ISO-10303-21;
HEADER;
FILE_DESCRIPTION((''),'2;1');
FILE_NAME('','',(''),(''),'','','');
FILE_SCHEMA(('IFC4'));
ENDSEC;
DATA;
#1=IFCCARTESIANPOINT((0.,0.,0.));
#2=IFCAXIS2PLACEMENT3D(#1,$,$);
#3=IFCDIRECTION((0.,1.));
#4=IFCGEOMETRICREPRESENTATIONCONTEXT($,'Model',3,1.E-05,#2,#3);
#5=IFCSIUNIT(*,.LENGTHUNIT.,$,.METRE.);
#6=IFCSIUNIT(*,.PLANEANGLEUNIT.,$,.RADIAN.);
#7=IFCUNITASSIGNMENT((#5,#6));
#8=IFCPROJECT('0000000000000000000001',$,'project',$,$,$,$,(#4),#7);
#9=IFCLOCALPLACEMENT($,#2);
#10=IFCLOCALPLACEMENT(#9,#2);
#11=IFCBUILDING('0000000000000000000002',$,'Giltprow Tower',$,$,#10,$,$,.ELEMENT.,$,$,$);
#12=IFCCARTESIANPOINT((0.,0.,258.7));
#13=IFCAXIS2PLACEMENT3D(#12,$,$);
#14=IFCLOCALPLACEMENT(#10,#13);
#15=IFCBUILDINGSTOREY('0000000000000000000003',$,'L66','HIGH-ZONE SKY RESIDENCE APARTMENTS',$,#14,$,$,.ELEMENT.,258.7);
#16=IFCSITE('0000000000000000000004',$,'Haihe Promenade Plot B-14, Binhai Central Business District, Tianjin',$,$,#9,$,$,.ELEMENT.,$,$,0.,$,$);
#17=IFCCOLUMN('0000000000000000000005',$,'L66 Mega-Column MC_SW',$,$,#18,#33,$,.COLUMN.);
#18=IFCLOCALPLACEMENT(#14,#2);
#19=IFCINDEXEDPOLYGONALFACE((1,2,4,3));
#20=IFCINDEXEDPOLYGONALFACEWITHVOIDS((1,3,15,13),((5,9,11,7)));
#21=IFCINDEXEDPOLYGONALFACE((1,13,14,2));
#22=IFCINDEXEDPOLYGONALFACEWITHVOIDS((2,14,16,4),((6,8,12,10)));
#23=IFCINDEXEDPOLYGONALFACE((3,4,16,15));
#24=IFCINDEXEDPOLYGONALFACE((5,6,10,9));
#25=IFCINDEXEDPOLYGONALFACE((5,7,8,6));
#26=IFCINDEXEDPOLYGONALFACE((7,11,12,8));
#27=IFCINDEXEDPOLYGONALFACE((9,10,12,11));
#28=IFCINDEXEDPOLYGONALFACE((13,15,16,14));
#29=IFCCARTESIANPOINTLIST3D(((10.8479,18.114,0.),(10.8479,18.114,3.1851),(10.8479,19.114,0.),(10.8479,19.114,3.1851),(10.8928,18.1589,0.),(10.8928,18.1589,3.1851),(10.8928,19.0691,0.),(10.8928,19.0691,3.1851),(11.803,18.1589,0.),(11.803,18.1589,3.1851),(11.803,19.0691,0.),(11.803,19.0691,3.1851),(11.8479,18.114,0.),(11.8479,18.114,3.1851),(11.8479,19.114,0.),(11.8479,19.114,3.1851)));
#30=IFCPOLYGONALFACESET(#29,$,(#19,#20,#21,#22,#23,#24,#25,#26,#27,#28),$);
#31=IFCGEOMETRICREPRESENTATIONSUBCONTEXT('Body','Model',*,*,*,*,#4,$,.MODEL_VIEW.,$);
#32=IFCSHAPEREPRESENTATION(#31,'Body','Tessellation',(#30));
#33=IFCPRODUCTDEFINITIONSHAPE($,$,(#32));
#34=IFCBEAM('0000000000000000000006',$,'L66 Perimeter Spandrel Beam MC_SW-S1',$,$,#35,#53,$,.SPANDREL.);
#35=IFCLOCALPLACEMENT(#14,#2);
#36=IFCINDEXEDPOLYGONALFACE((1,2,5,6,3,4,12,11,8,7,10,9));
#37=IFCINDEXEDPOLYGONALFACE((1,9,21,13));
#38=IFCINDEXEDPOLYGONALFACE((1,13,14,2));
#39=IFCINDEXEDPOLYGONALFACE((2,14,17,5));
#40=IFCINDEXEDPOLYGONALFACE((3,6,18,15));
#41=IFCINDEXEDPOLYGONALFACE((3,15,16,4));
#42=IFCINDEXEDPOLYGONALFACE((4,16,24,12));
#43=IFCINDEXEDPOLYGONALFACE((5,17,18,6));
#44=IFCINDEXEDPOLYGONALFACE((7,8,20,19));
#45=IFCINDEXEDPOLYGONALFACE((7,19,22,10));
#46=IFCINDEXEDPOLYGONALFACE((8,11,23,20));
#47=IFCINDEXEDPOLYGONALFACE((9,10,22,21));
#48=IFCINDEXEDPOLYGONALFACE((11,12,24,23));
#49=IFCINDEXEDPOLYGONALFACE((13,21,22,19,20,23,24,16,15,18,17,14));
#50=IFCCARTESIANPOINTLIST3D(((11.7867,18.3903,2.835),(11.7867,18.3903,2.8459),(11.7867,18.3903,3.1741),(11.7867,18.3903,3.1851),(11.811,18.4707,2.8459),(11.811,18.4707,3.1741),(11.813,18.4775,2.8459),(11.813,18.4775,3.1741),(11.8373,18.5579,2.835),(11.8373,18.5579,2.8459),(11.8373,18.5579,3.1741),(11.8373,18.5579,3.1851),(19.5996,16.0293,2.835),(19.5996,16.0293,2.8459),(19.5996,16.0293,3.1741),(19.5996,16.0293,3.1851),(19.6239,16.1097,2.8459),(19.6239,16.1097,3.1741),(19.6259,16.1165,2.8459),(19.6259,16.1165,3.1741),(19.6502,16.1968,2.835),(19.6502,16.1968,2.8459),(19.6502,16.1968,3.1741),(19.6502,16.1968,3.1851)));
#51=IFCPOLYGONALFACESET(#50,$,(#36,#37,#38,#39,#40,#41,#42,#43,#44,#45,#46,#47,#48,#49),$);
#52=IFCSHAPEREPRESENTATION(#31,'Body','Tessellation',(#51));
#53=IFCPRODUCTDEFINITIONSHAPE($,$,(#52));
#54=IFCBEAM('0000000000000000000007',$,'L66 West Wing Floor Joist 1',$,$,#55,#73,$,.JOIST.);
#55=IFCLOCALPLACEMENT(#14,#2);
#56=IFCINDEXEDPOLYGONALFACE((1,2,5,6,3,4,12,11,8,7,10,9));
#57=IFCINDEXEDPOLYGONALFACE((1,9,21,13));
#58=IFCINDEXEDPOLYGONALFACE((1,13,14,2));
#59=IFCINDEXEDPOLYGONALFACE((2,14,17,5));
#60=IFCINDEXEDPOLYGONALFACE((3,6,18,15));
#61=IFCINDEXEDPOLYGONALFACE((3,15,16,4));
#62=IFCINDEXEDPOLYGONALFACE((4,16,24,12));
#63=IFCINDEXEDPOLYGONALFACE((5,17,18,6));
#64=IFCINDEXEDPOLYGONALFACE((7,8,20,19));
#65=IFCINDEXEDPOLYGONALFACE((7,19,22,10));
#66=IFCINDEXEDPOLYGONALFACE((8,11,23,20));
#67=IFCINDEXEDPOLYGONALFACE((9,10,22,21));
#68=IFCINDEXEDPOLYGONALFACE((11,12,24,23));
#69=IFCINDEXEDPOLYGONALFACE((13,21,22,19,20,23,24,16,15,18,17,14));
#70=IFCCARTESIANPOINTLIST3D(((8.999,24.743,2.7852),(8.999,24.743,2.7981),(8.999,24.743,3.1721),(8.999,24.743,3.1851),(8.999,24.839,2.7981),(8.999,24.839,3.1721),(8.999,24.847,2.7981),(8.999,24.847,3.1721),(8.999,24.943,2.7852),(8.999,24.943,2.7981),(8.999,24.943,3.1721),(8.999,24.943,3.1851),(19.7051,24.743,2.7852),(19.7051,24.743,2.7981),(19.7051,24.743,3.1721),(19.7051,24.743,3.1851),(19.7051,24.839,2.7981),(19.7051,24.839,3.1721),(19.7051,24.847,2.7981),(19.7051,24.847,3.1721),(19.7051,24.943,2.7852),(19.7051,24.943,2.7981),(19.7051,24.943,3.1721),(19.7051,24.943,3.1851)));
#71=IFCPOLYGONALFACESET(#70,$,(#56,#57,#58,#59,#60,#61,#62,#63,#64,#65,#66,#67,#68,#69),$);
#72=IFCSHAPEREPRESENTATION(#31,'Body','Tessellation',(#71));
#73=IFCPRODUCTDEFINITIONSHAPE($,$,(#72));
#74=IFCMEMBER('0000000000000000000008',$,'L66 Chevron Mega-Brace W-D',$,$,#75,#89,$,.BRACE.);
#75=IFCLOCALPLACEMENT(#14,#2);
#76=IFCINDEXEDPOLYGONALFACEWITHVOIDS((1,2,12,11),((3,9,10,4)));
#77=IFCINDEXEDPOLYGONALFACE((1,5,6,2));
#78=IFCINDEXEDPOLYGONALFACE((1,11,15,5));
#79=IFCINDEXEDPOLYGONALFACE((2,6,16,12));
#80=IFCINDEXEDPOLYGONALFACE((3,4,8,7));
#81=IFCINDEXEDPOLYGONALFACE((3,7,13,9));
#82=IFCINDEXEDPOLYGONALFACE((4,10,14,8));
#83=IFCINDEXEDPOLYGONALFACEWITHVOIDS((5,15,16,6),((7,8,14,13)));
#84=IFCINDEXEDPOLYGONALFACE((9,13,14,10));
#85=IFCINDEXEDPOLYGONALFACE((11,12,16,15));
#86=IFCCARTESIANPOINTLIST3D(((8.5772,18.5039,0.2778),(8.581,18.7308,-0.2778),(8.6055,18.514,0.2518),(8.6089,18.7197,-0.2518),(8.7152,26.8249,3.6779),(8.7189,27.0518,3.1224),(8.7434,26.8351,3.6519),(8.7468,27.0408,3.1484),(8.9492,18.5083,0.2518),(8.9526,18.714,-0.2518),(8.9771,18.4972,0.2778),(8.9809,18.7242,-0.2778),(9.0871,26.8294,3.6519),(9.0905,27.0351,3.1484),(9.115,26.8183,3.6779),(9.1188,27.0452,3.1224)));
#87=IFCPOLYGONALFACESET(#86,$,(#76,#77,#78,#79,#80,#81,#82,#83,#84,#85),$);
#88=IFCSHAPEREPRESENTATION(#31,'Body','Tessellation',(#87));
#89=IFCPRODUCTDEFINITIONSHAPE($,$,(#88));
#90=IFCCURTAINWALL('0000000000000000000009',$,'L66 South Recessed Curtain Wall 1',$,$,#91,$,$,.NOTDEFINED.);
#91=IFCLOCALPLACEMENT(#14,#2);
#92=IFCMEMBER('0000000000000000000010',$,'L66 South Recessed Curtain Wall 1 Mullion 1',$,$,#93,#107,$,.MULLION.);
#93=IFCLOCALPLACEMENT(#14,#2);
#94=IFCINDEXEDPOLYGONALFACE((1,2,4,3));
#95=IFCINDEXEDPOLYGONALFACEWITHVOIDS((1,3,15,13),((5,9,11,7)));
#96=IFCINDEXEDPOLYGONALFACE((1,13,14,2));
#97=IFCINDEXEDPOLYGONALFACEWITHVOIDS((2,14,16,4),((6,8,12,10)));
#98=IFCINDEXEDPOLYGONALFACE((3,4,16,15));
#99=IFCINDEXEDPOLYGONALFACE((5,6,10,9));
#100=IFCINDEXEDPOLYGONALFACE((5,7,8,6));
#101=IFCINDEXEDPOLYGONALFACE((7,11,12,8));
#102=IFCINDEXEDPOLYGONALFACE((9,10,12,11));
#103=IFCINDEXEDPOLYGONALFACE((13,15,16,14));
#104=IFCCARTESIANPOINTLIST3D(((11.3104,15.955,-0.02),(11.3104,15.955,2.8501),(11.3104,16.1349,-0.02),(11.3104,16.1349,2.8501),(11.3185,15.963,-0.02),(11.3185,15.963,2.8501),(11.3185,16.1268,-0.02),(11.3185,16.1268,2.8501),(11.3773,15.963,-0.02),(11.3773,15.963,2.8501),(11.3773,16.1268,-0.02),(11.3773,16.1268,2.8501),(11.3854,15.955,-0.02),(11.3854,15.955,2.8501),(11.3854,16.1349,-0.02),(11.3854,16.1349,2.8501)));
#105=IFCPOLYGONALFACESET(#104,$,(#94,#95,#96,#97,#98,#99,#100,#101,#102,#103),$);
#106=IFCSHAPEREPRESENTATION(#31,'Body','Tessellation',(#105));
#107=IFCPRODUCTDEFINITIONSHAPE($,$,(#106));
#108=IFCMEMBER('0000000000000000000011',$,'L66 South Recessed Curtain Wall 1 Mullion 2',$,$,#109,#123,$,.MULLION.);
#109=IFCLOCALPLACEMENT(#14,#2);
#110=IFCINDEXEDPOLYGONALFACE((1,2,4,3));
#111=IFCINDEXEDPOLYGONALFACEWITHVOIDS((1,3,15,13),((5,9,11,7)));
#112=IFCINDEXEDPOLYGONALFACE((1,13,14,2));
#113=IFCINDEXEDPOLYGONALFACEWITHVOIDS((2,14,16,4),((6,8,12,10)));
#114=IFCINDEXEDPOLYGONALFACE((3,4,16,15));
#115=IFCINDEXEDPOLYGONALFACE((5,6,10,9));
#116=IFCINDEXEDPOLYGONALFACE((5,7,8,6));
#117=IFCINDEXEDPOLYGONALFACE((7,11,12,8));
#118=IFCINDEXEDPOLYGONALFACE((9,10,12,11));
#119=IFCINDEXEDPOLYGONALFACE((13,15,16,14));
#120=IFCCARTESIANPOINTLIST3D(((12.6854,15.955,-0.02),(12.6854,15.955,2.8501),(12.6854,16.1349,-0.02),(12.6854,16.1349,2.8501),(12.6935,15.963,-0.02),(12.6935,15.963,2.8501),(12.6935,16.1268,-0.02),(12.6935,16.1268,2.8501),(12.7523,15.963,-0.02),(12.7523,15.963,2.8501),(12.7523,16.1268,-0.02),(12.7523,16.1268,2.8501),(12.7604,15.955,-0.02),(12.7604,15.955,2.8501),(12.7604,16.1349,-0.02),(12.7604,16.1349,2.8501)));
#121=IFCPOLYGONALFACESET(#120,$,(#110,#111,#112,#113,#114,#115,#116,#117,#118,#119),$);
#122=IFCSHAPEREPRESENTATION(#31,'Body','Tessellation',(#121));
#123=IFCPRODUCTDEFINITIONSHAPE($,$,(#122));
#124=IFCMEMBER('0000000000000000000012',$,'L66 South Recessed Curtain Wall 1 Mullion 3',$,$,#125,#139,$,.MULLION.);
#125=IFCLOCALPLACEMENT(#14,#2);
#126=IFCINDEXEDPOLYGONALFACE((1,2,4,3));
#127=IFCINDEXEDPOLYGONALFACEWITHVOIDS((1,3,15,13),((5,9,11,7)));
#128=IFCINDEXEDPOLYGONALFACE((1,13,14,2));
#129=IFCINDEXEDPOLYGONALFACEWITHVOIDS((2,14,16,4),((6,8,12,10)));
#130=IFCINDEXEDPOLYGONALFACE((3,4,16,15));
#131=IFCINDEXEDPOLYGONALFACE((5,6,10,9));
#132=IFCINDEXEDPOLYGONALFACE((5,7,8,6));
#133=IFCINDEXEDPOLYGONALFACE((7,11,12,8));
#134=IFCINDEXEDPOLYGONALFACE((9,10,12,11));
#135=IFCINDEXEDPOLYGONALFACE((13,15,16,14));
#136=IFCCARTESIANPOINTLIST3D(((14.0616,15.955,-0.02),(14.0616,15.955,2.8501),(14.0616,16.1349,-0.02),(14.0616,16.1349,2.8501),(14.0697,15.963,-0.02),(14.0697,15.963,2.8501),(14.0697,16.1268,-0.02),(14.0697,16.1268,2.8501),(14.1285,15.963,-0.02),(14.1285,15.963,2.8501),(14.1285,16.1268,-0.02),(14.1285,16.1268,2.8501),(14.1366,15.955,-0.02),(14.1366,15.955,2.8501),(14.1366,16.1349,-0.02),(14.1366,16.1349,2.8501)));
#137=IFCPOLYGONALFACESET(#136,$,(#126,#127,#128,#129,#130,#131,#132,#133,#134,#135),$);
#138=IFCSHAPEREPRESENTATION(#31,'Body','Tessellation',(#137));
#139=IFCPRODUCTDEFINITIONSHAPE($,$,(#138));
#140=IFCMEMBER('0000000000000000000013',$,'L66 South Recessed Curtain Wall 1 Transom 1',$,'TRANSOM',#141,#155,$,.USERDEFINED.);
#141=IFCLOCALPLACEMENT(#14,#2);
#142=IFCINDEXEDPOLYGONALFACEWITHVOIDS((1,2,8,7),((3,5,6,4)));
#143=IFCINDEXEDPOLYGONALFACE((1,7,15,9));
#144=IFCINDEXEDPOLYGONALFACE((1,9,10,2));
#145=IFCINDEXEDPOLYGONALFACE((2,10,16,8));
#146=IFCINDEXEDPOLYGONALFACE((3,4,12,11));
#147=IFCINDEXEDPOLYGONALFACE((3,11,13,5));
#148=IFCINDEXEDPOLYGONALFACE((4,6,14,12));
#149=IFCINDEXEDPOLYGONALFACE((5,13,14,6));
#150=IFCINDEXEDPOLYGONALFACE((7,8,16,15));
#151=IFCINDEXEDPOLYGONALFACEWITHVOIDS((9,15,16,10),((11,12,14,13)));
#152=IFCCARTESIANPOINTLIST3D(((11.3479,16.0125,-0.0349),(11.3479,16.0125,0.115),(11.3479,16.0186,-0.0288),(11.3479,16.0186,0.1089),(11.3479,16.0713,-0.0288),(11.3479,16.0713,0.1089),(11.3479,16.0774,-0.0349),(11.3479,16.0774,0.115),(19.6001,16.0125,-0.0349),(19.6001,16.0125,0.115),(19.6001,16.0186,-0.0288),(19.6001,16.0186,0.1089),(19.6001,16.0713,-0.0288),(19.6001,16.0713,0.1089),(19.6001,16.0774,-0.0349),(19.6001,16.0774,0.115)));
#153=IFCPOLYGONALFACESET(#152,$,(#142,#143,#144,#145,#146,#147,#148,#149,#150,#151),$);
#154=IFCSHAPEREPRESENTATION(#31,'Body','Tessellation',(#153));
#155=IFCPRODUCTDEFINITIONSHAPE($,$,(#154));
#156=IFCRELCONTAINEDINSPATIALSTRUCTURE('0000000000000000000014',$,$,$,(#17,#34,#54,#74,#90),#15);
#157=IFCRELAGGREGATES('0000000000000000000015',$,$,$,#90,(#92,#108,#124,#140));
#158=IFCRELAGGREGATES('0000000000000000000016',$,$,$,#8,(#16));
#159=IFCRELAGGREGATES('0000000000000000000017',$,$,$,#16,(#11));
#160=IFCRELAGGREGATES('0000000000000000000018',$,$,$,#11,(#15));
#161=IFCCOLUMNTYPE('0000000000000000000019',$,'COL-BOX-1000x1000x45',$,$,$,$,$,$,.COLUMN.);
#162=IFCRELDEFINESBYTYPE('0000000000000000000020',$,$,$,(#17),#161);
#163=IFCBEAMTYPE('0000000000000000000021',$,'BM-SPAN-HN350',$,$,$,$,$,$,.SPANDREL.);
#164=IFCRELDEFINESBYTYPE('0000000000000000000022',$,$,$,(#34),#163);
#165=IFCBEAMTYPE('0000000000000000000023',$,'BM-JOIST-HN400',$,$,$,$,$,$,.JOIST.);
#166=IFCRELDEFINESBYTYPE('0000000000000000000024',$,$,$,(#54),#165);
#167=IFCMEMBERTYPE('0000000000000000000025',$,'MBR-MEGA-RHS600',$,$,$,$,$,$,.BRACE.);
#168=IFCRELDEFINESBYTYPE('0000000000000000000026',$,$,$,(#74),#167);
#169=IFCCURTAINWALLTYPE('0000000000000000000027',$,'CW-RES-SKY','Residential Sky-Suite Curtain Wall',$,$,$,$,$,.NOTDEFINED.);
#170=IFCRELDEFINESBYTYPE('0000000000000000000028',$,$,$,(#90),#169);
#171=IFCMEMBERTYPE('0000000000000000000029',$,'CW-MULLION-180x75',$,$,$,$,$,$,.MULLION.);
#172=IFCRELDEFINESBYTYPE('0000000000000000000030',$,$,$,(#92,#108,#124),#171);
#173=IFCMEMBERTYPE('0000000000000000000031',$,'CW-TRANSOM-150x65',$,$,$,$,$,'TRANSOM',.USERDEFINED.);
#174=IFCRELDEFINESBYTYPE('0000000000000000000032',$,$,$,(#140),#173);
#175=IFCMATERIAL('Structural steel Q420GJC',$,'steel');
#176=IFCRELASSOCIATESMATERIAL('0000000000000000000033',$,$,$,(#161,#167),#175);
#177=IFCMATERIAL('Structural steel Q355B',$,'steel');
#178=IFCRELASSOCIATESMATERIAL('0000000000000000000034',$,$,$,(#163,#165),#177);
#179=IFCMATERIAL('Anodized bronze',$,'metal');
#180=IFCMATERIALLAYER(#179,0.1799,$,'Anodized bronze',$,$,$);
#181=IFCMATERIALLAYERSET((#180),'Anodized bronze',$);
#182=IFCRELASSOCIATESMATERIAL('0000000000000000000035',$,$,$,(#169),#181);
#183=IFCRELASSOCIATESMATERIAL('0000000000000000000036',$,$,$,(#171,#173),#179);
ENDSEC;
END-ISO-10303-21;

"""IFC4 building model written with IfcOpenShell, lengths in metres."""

from ifc_helpers import new_model, si_unit, direction, frame, origin, origin_2d, place, context, subcontext, project, spatial, hollow_rectangle, i_section, extrude, source, transform, mapped, material, layer, layer_set, material_profile, profile_set, type_object, element, aggregate, save


model = new_model("IFC4")

# Units and contexts
model_context = context("Model", 3, precision=1e-05, world=origin(), true_north=direction((0.0, 1.0)))
body_context = subcontext(model_context, "Body", "Model", "MODEL_VIEW")
ifc_project = project(units=[si_unit("LENGTHUNIT", "METRE"), si_unit("PLANEANGLEUNIT", "RADIAN")], contexts=[model_context])

# Site, building, storey
site_placement = place(None, origin())
site = spatial("IfcSite", under=ifc_project, at=site_placement, Name="Haihe Promenade Plot B-14, Binhai Central Business District, Tianjin", CompositionType="ELEMENT", RefElevation=0.0)
building_placement = place(site_placement, origin())
building = spatial("IfcBuilding", under=site, at=building_placement, Name="Giltprow Tower", CompositionType="ELEMENT")
storey_placement = place(building_placement, frame((0.0, 0.0, 258.7)))
storey = spatial("IfcBuildingStorey", under=building, at=storey_placement, Name="L66", Description="HIGH-ZONE SKY RESIDENCE APARTMENTS", CompositionType="ELEMENT", Elevation=258.7)

# Column
ifc_material_1 = material(Name="Structural steel Q420GJC", Category="steel")
ifc_material_profile_1 = material_profile(ifc_material_1, hollow_rectangle(XDim=1.0, YDim=1.0, WallThickness=0.0449, at=origin_2d()), Name="BOX 1000x1000x45")
ifc_profile_set_1 = profile_set([ifc_material_profile_1], Name="Structural steel Q420GJC")
column_type = type_object("IfcColumnType", Name="COL-BOX-1000x1000x45", PredefinedType="COLUMN", material=ifc_profile_set_1)
shared_shape_1 = source(origin(), body_context, "Body", "SweptSolid", [
    extrude(hollow_rectangle(XDim=1.0, YDim=1.0, WallThickness=0.0449, at=origin_2d()), origin(), (0.0, 0.0, 1.0), 3.1851),
])
column_placement = place(storey_placement, frame((11.3479, 18.614, 0.0), z_axis=(0.0, 0.0, 1.0), x_axis=(1.0, 0.0, 0.0)))
element("IfcColumn", 1, at=column_placement, inside=storey, type_object=column_type, Name="L66 Mega-Column MC_SW", PredefinedType="COLUMN", context=body_context, shape_type="MappedRepresentation", body=[
    mapped(shared_shape_1, transform((0.0, 0.0, 0.0), x_axis=(1.0, 0.0, 0.0), y_axis=(0.0, 1.0, 0.0), z_axis=(0.0, 0.0, 1.0), scale=1.0)),
])

# Beams
ifc_material_2 = material(Name="Structural steel Q355B", Category="steel")
ifc_material_profile_2 = material_profile(ifc_material_2, i_section(OverallWidth=0.175, OverallDepth=0.3501, WebThickness=0.0071, FlangeThickness=0.011, at=origin_2d()), Name="HN 350x175x7x11")
ifc_profile_set_2 = profile_set([ifc_material_profile_2], Name="Structural steel Q355B")
beam_type_1 = type_object("IfcBeamType", Name="BM-SPAN-HN350", PredefinedType="SPANDREL", material=ifc_profile_set_2)
shared_shape_2 = source(origin(), body_context, "Body", "SweptSolid", [
    extrude(i_section(OverallWidth=0.175, OverallDepth=0.3501, WebThickness=0.0071, FlangeThickness=0.011, at=origin_2d()), origin(), (0.0, 0.0, 1.0), 8.1619),
])
beam_1_placement = place(storey_placement, frame((11.812, 18.4741, 3.01), z_axis=(0.957245, -0.289279, 0.0), x_axis=(0.289279, 0.957245, 0.0)))
element("IfcBeam", 2, at=beam_1_placement, inside=storey, type_object=beam_type_1, Name="L66 Perimeter Spandrel Beam MC_SW-S1", PredefinedType="SPANDREL", context=body_context, shape_type="MappedRepresentation", body=[
    mapped(shared_shape_2, transform((0.0, 0.0, 0.0), x_axis=(1.0, 0.0, 0.0), y_axis=(0.0, 1.0, 0.0), z_axis=(0.0, 0.0, 1.0), scale=1.0)),
])
ifc_material_profile_3 = material_profile(ifc_material_2, i_section(OverallWidth=0.2, OverallDepth=0.3999, WebThickness=0.0081, FlangeThickness=0.0129, at=origin_2d()), Name="HN 400x200x8x13")
ifc_profile_set_3 = profile_set([ifc_material_profile_3], Name="Structural steel Q355B")
beam_type_2 = type_object("IfcBeamType", Name="BM-JOIST-HN400", PredefinedType="JOIST", material=ifc_profile_set_3)
shared_shape_3 = source(origin(), body_context, "Body", "SweptSolid", [
    extrude(i_section(OverallWidth=0.2, OverallDepth=0.3999, WebThickness=0.0081, FlangeThickness=0.0129, at=origin_2d()), origin(), (0.0, 0.0, 1.0), 10.7061),
])
beam_2_placement = place(storey_placement, frame((8.999, 24.843, 2.9851), z_axis=(1.0, 0.0, 0.0), x_axis=(0.0, 1.0, 0.0)))
element("IfcBeam", 3, at=beam_2_placement, inside=storey, type_object=beam_type_2, Name="L66 West Wing Floor Joist 1", PredefinedType="JOIST", context=body_context, shape_type="MappedRepresentation", body=[
    mapped(shared_shape_3, transform((0.0, 0.0, 0.0), x_axis=(1.0, 0.0, 0.0), y_axis=(0.0, 1.0, 0.0), z_axis=(0.0, 0.0, 1.0), scale=1.0)),
])

# Member
ifc_material_profile_4 = material_profile(ifc_material_1, hollow_rectangle(XDim=0.3999, YDim=0.6001, WallThickness=0.0281, at=origin_2d()), Name="RHS 600x400x28")
ifc_profile_set_4 = profile_set([ifc_material_profile_4], Name="Structural steel Q420GJC")
member_type_1 = type_object("IfcMemberType", Name="MBR-MEGA-RHS600", PredefinedType="BRACE", material=ifc_profile_set_4)
shared_shape_4 = source(origin(), body_context, "Body", "SweptSolid", [
    extrude(hollow_rectangle(XDim=0.3999, YDim=0.6001, WallThickness=0.0281, at=origin_2d()), origin(), (0.0, 0.0, 1.0), 8.99),
])
member_1_placement = place(storey_placement, frame((8.7791, 18.614, 0.0), z_axis=(0.015344, 0.925591, 0.378215), x_axis=(-0.999863, 0.016575, 0.0)))
element("IfcMember", 4, at=member_1_placement, inside=storey, type_object=member_type_1, Name="L66 Chevron Mega-Brace W-D", PredefinedType="BRACE", context=body_context, shape_type="MappedRepresentation", body=[
    mapped(shared_shape_4, transform((0.0, 0.0, 0.0), x_axis=(1.0, 0.0, 0.0), y_axis=(0.0, 1.0, 0.0), z_axis=(0.0, 0.0, 1.0), scale=1.0)),
])

# Curtain wall, members
ifc_material_3 = material(Name="Anodized bronze", Category="metal")
ifc_layer_1 = layer(ifc_material_3, 0.1799, Name="Anodized bronze")
ifc_layer_set_1 = layer_set([ifc_layer_1], Name="Anodized bronze")
curtain_wall_type = type_object("IfcCurtainWallType", Name="CW-RES-SKY", Description="Residential Sky-Suite Curtain Wall", PredefinedType="NOTDEFINED", material=ifc_layer_set_1)
curtain_wall_placement = place(storey_placement, origin())
curtain_wall = element("IfcCurtainWall", 5, at=curtain_wall_placement, inside=storey, type_object=curtain_wall_type, Name="L66 South Recessed Curtain Wall 1", PredefinedType="NOTDEFINED")
ifc_material_profile_5 = material_profile(ifc_material_3, hollow_rectangle(XDim=0.075, YDim=0.1799, WallThickness=0.0081, at=origin_2d()), Name="RHS 180x75x8")
ifc_profile_set_5 = profile_set([ifc_material_profile_5], Name="Anodized bronze")
member_type_2 = type_object("IfcMemberType", Name="CW-MULLION-180x75", PredefinedType="MULLION", material=ifc_profile_set_5)
shared_shape_5 = source(origin(), body_context, "Body", "SweptSolid", [
    extrude(hollow_rectangle(XDim=0.075, YDim=0.1799, WallThickness=0.0081, at=origin_2d()), origin(), (0.0, 0.0, 1.0), 2.8701),
])
member_2_placement = place(storey_placement, frame((11.3479, 16.0449, -0.02), z_axis=(0.0, 0.0, 1.0), x_axis=(1.0, 0.0, 0.0)))
member_2 = element("IfcMember", 6, at=member_2_placement, type_object=member_type_2, Name="L66 South Recessed Curtain Wall 1 Mullion 1", PredefinedType="MULLION", context=body_context, shape_type="MappedRepresentation", body=[
    mapped(shared_shape_5, transform((0.0, 0.0, 0.0), x_axis=(1.0, 0.0, 0.0), y_axis=(0.0, 1.0, 0.0), z_axis=(0.0, 0.0, 1.0), scale=1.0)),
])
member_3_placement = place(storey_placement, frame((12.7229, 16.0449, -0.02), z_axis=(0.0, 0.0, 1.0), x_axis=(1.0, 0.0, 0.0)))
member_3 = element("IfcMember", 7, at=member_3_placement, type_object=member_type_2, Name="L66 South Recessed Curtain Wall 1 Mullion 2", PredefinedType="MULLION", context=body_context, shape_type="MappedRepresentation", body=[
    mapped(shared_shape_5, transform((0.0, 0.0, 0.0), x_axis=(1.0, 0.0, 0.0), y_axis=(0.0, 1.0, 0.0), z_axis=(0.0, 0.0, 1.0), scale=1.0)),
])
member_4_placement = place(storey_placement, frame((14.0991, 16.0449, -0.02), z_axis=(0.0, 0.0, 1.0), x_axis=(1.0, 0.0, 0.0)))
member_4 = element("IfcMember", 8, at=member_4_placement, type_object=member_type_2, Name="L66 South Recessed Curtain Wall 1 Mullion 3", PredefinedType="MULLION", context=body_context, shape_type="MappedRepresentation", body=[
    mapped(shared_shape_5, transform((0.0, 0.0, 0.0), x_axis=(1.0, 0.0, 0.0), y_axis=(0.0, 1.0, 0.0), z_axis=(0.0, 0.0, 1.0), scale=1.0)),
])
ifc_material_profile_6 = material_profile(ifc_material_3, hollow_rectangle(XDim=0.0649, YDim=0.1499, WallThickness=0.0061, at=origin_2d()), Name="RHS 150x65x6")
ifc_profile_set_6 = profile_set([ifc_material_profile_6], Name="Anodized bronze")
member_type_3 = type_object("IfcMemberType", Name="CW-TRANSOM-150x65", ElementType="TRANSOM", PredefinedType="USERDEFINED", material=ifc_profile_set_6)
shared_shape_6 = source(origin(), body_context, "Body", "SweptSolid", [
    extrude(hollow_rectangle(XDim=0.0649, YDim=0.1499, WallThickness=0.0061, at=origin_2d()), origin(), (0.0, 0.0, 1.0), 8.2522),
])
member_5_placement = place(storey_placement, frame((11.3479, 16.0449, 0.04), z_axis=(1.0, 0.0, 0.0), x_axis=(0.0, 1.0, 0.0)))
member_5 = element("IfcMember", 9, at=member_5_placement, type_object=member_type_3, Name="L66 South Recessed Curtain Wall 1 Transom 1", ObjectType="TRANSOM", PredefinedType="USERDEFINED", context=body_context, shape_type="MappedRepresentation", body=[
    mapped(shared_shape_6, transform((0.0, 0.0, 0.0), x_axis=(1.0, 0.0, 0.0), y_axis=(0.0, 1.0, 0.0), z_axis=(0.0, 0.0, 1.0), scale=1.0)),
])

aggregate(curtain_wall, [member_2, member_3, member_4, member_5])

save(model, "model.ifc")
